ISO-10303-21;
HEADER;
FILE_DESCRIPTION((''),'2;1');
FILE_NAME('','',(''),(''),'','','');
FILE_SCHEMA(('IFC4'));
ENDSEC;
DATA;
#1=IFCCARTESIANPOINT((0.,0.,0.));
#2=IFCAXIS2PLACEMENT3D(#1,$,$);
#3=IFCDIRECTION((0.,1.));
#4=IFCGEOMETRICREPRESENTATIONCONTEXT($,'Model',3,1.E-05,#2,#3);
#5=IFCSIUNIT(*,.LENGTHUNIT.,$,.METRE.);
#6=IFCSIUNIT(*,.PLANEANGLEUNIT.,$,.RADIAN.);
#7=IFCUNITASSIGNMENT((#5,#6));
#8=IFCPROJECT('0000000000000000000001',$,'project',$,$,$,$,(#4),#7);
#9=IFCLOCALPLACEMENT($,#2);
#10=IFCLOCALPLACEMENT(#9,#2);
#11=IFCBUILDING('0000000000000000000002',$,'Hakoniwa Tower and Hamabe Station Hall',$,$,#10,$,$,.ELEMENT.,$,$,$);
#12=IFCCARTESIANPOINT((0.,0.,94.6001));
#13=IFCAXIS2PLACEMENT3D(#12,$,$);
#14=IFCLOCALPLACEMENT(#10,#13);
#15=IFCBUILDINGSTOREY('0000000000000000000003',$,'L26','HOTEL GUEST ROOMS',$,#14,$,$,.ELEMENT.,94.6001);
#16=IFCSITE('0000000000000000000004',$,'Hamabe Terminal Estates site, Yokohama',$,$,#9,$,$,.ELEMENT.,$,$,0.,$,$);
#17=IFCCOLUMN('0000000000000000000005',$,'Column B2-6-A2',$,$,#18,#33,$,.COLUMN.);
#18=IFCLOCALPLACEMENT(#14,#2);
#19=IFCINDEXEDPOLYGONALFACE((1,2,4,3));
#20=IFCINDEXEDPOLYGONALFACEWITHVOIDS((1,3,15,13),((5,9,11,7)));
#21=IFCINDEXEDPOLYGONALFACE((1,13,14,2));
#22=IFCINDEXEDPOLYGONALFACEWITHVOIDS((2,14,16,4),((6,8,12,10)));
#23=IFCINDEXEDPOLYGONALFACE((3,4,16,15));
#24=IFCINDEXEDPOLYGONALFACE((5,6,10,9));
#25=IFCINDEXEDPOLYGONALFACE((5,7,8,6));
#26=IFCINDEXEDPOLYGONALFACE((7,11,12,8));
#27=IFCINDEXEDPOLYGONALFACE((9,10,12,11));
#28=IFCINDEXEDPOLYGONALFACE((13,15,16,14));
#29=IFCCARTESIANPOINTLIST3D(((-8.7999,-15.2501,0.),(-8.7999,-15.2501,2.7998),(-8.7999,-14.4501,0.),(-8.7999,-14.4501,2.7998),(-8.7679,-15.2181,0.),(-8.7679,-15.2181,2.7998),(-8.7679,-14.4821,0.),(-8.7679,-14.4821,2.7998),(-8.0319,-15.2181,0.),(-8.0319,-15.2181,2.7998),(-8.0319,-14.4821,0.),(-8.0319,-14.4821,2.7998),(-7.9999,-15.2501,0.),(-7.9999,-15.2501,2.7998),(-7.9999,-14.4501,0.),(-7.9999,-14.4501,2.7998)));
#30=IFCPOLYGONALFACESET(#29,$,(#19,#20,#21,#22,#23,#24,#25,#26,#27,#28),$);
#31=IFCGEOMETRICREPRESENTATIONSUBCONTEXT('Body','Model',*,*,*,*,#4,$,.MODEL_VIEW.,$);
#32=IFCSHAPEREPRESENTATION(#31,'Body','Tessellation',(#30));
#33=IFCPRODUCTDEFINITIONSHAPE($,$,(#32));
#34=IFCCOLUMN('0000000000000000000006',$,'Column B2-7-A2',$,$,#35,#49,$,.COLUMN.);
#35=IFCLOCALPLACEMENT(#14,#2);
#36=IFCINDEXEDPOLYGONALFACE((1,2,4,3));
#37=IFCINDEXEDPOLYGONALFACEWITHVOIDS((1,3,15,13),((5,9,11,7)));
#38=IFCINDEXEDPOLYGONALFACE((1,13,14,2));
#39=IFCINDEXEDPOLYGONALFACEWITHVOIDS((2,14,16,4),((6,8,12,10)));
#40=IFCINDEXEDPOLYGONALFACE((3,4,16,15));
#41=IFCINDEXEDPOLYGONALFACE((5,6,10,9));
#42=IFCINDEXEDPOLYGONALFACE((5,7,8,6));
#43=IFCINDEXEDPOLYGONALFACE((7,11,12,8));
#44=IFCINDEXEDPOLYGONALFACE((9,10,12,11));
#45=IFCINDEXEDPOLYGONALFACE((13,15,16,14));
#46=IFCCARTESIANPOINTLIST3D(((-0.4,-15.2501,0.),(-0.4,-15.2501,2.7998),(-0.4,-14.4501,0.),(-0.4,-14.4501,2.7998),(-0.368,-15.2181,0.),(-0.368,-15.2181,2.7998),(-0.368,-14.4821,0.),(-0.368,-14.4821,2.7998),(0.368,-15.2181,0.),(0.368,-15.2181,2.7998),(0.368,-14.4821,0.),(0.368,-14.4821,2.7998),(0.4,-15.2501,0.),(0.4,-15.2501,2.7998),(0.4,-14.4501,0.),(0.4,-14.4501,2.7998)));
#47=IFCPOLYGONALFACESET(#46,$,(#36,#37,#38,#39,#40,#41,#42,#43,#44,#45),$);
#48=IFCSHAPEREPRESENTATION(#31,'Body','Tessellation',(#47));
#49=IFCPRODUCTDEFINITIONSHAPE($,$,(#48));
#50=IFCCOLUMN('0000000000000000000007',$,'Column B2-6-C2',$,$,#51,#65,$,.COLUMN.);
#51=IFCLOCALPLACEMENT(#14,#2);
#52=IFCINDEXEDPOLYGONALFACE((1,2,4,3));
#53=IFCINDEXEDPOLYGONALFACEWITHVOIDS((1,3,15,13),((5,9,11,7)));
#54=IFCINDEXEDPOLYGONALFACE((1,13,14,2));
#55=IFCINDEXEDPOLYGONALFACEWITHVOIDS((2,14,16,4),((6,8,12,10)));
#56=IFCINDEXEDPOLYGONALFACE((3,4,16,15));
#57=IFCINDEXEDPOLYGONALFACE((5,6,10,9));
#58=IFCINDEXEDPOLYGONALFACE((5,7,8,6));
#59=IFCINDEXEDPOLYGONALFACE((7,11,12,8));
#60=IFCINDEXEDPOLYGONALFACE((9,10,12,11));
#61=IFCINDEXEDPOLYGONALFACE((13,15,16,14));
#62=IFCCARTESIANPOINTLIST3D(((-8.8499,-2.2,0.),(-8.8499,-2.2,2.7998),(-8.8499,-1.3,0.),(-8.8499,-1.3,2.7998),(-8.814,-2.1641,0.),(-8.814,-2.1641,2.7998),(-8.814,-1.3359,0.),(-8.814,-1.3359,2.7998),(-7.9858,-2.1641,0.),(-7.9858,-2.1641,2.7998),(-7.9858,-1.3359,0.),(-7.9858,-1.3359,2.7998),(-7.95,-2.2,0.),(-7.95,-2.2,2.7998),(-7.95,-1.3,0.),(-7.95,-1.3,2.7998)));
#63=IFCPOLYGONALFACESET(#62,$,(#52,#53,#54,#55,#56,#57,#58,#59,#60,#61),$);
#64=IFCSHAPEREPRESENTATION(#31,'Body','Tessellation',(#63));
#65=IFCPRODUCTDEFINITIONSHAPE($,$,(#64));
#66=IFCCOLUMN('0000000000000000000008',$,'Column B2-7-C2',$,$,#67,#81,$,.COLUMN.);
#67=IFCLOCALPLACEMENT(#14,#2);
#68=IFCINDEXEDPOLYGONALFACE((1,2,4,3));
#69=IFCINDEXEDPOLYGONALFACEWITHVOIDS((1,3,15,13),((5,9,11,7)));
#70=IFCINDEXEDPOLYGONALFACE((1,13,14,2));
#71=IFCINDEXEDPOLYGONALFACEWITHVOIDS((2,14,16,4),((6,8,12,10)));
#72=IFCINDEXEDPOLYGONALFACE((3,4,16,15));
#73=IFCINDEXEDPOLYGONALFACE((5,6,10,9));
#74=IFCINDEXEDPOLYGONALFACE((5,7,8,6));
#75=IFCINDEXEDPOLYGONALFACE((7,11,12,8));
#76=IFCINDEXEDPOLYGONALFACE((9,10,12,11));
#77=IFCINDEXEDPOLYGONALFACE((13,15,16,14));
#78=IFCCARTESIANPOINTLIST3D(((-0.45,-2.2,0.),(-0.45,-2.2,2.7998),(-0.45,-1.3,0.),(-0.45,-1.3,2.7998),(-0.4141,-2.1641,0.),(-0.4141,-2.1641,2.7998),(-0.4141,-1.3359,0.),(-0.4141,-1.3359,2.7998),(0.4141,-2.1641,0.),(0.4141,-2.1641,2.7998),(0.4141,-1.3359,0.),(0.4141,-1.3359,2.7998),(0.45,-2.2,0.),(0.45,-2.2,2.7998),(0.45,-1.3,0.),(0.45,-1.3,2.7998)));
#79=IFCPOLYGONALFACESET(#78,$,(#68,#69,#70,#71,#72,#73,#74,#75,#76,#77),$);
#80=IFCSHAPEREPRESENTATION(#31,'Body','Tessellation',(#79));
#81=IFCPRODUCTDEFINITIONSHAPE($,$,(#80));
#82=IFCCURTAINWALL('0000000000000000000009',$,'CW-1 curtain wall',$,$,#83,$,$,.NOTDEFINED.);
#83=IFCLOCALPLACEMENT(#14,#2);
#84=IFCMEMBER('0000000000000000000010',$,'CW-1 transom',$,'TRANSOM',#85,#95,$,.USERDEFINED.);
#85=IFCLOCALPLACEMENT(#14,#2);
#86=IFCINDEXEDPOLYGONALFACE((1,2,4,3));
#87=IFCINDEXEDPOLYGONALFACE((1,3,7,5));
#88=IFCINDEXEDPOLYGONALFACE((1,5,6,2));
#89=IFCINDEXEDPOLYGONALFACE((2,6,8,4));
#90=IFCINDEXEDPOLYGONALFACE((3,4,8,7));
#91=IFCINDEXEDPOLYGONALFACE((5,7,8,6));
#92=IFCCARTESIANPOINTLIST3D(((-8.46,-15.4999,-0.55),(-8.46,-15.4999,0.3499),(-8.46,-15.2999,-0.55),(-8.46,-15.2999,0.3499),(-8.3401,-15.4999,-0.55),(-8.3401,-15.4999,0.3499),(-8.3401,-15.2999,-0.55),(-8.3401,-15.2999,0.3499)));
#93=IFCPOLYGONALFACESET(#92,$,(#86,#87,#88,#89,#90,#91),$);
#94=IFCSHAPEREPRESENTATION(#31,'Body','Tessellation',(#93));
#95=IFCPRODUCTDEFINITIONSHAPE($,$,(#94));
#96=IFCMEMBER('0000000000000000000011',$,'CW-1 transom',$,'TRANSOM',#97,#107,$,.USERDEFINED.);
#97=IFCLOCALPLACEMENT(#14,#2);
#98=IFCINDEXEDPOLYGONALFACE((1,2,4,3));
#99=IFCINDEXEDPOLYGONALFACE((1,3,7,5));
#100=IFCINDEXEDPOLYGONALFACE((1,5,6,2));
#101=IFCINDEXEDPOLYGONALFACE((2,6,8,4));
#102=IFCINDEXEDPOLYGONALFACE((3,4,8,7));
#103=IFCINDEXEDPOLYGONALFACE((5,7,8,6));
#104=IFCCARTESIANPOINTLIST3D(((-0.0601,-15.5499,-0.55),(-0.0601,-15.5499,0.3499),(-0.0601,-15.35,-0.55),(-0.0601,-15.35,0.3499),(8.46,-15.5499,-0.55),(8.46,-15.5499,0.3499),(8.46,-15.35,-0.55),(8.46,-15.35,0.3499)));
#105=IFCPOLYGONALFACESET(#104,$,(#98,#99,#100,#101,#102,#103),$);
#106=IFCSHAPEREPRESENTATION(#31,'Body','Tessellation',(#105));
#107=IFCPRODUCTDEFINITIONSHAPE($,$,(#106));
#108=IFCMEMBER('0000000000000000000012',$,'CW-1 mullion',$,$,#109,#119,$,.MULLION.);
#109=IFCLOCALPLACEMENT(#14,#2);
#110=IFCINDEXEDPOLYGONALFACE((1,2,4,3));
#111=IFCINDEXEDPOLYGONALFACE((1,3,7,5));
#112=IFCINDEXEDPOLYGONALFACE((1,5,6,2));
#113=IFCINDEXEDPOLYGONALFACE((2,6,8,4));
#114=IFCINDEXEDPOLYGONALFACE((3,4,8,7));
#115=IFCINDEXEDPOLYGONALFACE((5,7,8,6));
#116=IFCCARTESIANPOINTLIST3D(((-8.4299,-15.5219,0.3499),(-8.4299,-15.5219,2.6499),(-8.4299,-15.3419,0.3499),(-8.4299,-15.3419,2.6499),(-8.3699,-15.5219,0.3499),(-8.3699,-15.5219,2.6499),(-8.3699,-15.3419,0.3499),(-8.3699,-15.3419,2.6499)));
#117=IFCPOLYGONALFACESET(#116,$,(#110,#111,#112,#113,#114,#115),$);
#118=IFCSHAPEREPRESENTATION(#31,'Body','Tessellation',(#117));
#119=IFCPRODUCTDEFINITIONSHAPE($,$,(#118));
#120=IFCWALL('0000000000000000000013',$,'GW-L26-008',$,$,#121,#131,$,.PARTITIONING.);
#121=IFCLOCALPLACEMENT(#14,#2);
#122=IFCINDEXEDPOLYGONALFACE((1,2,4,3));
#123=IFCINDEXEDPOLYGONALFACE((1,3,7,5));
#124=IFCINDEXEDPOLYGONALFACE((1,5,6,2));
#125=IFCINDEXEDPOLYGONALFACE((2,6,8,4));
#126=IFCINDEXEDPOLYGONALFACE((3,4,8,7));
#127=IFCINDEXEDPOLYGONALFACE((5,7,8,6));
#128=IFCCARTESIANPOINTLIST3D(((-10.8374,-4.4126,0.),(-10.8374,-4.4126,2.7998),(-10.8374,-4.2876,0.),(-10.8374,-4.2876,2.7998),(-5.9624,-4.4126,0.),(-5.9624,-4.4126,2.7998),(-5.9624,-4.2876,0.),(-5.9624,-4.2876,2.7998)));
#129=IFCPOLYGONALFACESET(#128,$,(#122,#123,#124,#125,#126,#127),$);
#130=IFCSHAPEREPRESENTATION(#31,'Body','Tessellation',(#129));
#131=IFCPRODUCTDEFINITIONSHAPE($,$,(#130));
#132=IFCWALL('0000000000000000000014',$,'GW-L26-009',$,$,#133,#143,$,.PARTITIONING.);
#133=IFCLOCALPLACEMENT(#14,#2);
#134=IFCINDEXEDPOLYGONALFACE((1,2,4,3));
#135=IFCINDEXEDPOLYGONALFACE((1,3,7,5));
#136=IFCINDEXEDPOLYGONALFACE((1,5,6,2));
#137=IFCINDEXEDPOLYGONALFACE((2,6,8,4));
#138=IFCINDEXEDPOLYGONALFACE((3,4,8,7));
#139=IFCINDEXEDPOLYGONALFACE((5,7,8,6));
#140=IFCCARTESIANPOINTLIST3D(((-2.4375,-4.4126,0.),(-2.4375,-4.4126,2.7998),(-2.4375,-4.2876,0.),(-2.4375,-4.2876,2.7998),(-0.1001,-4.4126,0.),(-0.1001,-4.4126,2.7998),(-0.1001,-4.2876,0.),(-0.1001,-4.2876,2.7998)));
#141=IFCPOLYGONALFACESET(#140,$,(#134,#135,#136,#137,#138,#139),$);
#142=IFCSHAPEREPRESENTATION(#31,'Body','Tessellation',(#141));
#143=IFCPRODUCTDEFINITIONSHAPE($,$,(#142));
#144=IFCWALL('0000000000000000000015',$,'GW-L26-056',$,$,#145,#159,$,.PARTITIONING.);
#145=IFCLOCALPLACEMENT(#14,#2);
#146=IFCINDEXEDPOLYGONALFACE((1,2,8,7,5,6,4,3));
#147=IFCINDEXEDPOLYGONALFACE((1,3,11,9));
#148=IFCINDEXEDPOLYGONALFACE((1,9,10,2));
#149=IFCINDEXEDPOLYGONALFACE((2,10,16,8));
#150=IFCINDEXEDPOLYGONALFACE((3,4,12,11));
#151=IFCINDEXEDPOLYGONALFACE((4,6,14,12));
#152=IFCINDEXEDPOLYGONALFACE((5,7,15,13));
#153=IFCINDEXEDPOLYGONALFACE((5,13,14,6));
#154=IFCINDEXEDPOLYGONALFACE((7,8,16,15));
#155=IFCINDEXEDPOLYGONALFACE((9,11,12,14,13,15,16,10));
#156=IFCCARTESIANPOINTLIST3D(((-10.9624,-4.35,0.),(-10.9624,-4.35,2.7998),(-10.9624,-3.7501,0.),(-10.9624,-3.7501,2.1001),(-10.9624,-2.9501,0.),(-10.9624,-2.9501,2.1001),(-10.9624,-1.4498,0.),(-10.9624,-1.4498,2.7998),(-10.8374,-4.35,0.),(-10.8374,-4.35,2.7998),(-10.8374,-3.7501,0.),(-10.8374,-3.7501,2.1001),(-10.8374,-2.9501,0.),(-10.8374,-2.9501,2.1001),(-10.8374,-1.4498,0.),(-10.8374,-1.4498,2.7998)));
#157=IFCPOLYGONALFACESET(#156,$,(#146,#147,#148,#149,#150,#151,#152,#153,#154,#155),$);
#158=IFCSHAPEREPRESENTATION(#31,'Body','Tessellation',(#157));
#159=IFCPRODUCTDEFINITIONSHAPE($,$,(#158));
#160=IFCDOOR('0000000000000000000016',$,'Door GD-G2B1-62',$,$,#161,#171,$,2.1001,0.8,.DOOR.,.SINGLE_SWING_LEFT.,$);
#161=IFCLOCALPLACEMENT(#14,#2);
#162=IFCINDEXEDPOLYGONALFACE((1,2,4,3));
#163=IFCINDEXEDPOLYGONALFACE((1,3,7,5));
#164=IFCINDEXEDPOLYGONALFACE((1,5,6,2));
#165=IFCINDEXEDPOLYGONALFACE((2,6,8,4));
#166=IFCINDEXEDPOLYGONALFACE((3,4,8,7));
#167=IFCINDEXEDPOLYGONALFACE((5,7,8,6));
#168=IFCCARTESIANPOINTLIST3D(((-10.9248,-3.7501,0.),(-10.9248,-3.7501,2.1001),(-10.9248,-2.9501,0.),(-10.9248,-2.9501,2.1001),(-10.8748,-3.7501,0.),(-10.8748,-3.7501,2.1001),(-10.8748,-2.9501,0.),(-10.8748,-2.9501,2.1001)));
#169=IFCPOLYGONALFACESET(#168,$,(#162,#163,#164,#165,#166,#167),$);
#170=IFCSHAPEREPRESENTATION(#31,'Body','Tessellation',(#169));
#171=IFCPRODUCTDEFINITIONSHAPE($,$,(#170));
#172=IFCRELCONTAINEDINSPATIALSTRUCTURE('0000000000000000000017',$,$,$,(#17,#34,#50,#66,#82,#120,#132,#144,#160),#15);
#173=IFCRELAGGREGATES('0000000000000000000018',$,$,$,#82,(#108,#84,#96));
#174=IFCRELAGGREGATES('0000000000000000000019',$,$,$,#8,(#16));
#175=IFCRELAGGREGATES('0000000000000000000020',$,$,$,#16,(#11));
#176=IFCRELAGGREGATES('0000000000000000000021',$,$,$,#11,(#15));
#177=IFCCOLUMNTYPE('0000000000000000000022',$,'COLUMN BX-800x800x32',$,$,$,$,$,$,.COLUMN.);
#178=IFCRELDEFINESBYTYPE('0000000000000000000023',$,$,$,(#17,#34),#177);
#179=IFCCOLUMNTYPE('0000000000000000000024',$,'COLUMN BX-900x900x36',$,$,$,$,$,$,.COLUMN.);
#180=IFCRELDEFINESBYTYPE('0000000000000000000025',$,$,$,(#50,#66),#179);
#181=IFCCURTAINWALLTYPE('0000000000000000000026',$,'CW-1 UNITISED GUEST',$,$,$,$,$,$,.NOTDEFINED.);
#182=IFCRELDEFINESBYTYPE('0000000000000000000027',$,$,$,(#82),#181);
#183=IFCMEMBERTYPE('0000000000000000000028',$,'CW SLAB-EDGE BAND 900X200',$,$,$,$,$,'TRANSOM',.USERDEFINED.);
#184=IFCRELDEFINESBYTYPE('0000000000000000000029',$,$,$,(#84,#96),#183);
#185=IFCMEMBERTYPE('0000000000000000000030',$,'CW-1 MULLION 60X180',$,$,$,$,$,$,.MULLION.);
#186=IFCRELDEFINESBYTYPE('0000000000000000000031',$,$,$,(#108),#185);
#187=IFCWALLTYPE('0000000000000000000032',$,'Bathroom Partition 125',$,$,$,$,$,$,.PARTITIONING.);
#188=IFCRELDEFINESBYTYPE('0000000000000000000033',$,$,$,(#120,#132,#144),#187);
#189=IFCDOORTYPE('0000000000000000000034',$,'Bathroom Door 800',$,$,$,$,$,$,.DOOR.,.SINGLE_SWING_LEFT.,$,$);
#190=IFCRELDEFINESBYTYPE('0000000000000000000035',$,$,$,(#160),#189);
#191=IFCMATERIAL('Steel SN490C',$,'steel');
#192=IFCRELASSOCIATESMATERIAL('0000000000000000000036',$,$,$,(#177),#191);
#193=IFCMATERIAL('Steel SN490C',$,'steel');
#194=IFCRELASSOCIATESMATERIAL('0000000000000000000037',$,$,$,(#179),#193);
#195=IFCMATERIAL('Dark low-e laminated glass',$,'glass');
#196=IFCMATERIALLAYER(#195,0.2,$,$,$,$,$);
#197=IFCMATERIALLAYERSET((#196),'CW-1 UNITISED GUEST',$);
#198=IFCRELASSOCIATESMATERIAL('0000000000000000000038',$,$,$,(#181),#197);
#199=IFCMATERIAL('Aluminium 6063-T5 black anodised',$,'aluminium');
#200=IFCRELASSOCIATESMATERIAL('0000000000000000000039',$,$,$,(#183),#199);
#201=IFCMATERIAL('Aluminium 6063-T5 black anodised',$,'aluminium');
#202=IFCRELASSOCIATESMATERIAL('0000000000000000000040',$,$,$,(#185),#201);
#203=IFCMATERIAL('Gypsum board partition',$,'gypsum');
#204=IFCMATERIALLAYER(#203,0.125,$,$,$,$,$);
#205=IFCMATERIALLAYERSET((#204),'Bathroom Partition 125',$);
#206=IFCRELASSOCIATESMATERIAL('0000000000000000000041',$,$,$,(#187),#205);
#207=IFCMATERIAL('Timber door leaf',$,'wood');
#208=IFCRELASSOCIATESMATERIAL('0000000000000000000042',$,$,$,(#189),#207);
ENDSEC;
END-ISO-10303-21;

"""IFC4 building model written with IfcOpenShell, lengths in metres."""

from ifc_helpers import new_model, si_unit, direction, frame, frame_2d, origin, origin_2d, place, context, subcontext, project, spatial, rectangle, hollow_rectangle, extrude, material, layer, layer_set, material_profile, profile_set, type_object, element, fill, aggregate, save


model = new_model("IFC4")

# Units and contexts
model_context = context("Model", 3, precision=1e-05, world=origin(), true_north=direction((0.0, 1.0)))
body_context = subcontext(model_context, "Body", "Model", "MODEL_VIEW")
ifc_project = project(units=[si_unit("LENGTHUNIT", "METRE"), si_unit("PLANEANGLEUNIT", "RADIAN")], contexts=[model_context])

# Site, building, storey
site_placement = place(None, origin())
site = spatial("IfcSite", under=ifc_project, at=site_placement, Name="Hamabe Terminal Estates site, Yokohama", CompositionType="ELEMENT", RefElevation=0.0)
building_placement = place(site_placement, origin())
building = spatial("IfcBuilding", under=site, at=building_placement, Name="Hakoniwa Tower and Hamabe Station Hall", CompositionType="ELEMENT")
storey_placement = place(building_placement, frame((0.0, 0.0, 94.6001)))
storey = spatial("IfcBuildingStorey", under=building, at=storey_placement, Name="L26", Description="HOTEL GUEST ROOMS", CompositionType="ELEMENT", Elevation=94.6001)

# Columns
ifc_material_1 = material(Name="Steel SN490C", Category="steel")
ifc_material_profile_1 = material_profile(ifc_material_1, hollow_rectangle(XDim=0.8, YDim=0.8, WallThickness=0.032, at=origin_2d()), Name="BX-800x800x32")
ifc_profile_set_1 = profile_set([ifc_material_profile_1], Name="Steel SN490C")
column_type_1 = type_object("IfcColumnType", Name="COLUMN BX-800x800x32", PredefinedType="COLUMN", material=ifc_profile_set_1)
for number, where, z_axis, x_axis, name in (
    (1, (-8.3999, -14.8501, 0.0), (0.0, 0.0, 1.0), (1.0, 0.0, 0.0), "Column B2-6-A2"),
    (2, (0.0, -14.8501, 0.0), (0.0, 0.0, 1.0), (1.0, 0.0, 0.0), "Column B2-7-A2"),
):
    element("IfcColumn", number, at=place(storey_placement, frame(where, z_axis=z_axis, x_axis=x_axis)), inside=storey, type_object=column_type_1, Name=name, PredefinedType="COLUMN", context=body_context, shape_type="SweptSolid", body=[
        extrude(hollow_rectangle(XDim=0.8, YDim=0.8, WallThickness=0.032, at=origin_2d()), origin(), (0.0, 0.0, 1.0), 2.7998),
    ])
ifc_material_2 = material(Name="Steel SN490C", Category="steel")
ifc_material_profile_2 = material_profile(ifc_material_2, hollow_rectangle(XDim=0.8999, YDim=0.8999, WallThickness=0.0359, at=origin_2d()), Name="BX-900x900x36")
ifc_profile_set_2 = profile_set([ifc_material_profile_2], Name="Steel SN490C")
column_type_2 = type_object("IfcColumnType", Name="COLUMN BX-900x900x36", PredefinedType="COLUMN", material=ifc_profile_set_2)
for number, where, z_axis, x_axis, name in (
    (3, (-8.3999, -1.75, 0.0), (0.0, 0.0, 1.0), (1.0, 0.0, 0.0), "Column B2-6-C2"),
    (4, (0.0, -1.75, 0.0), (0.0, 0.0, 1.0), (1.0, 0.0, 0.0), "Column B2-7-C2"),
):
    element("IfcColumn", number, at=place(storey_placement, frame(where, z_axis=z_axis, x_axis=x_axis)), inside=storey, type_object=column_type_2, Name=name, PredefinedType="COLUMN", context=body_context, shape_type="SweptSolid", body=[
        extrude(hollow_rectangle(XDim=0.8999, YDim=0.8999, WallThickness=0.0359, at=origin_2d()), origin(), (0.0, 0.0, 1.0), 2.7998),
    ])

# Curtain wall, members
ifc_material_3 = material(Name="Dark low-e laminated glass", Category="glass")
ifc_layer_1 = layer(ifc_material_3, 0.2)
ifc_layer_set_1 = layer_set([ifc_layer_1], Name="CW-1 UNITISED GUEST")
curtain_wall_type = type_object("IfcCurtainWallType", Name="CW-1 UNITISED GUEST", PredefinedType="NOTDEFINED", material=ifc_layer_set_1)
curtain_wall_placement = place(storey_placement, origin())
curtain_wall = element("IfcCurtainWall", 5, at=curtain_wall_placement, inside=storey, type_object=curtain_wall_type, Name="CW-1 curtain wall", PredefinedType="NOTDEFINED")
ifc_material_4 = material(Name="Aluminium 6063-T5 black anodised", Category="aluminium")
ifc_material_profile_3 = material_profile(ifc_material_4, rectangle(XDim=0.2, YDim=0.8999, at=origin_2d()), Name="CW SLAB-EDGE BAND 900X200")
ifc_profile_set_3 = profile_set([ifc_material_profile_3], Name="Aluminium 6063-T5 black anodised")
member_type_1 = type_object("IfcMemberType", Name="CW SLAB-EDGE BAND 900X200", ElementType="TRANSOM", PredefinedType="USERDEFINED", material=ifc_profile_set_3)
member_1_placement = place(storey_placement, frame((-8.46, -15.3999, -0.1001), z_axis=(1.0, 0.0, 0.0), x_axis=(0.0, 1.0, 0.0)))
member_1 = element("IfcMember", 6, at=member_1_placement, type_object=member_type_1, Name="CW-1 transom", ObjectType="TRANSOM", PredefinedType="USERDEFINED", context=body_context, shape_type="SweptSolid", body=[
    extrude(rectangle(XDim=0.2, YDim=0.8999, at=origin_2d()), origin(), (0.0, 0.0, 1.0), 0.1199),
])
member_2_placement = place(storey_placement, frame((-0.0601, -15.45, -0.1001), z_axis=(1.0, 0.0, 0.0), x_axis=(0.0, 1.0, 0.0)))
member_2 = element("IfcMember", 7, at=member_2_placement, type_object=member_type_1, Name="CW-1 transom", ObjectType="TRANSOM", PredefinedType="USERDEFINED", context=body_context, shape_type="SweptSolid", body=[
    extrude(rectangle(XDim=0.2, YDim=0.8999, at=origin_2d()), origin(), (0.0, 0.0, 1.0), 8.52),
])
ifc_material_5 = material(Name="Aluminium 6063-T5 black anodised", Category="aluminium")
ifc_material_profile_4 = material_profile(ifc_material_5, rectangle(XDim=0.0601, YDim=0.1799, at=origin_2d()), Name="CW-1 MULLION 60X180")
ifc_profile_set_4 = profile_set([ifc_material_profile_4], Name="Aluminium 6063-T5 black anodised")
member_type_2 = type_object("IfcMemberType", Name="CW-1 MULLION 60X180", PredefinedType="MULLION", material=ifc_profile_set_4)
member_3_placement = place(storey_placement, frame((-8.3999, -15.4319, 0.3499), z_axis=(0.0, 0.0, 1.0), x_axis=(1.0, 0.0, 0.0)))
member_3 = element("IfcMember", 8, at=member_3_placement, type_object=member_type_2, Name="CW-1 mullion", PredefinedType="MULLION", context=body_context, shape_type="SweptSolid", body=[
    extrude(rectangle(XDim=0.0601, YDim=0.1799, at=origin_2d()), origin(), (0.0, 0.0, 1.0), 2.3),
])

# Walls
ifc_material_6 = material(Name="Gypsum board partition", Category="gypsum")
ifc_layer_2 = layer(ifc_material_6, 0.125)
ifc_layer_set_2 = layer_set([ifc_layer_2], Name="Bathroom Partition 125")
wall_type_1 = type_object("IfcWallType", Name="Bathroom Partition 125", PredefinedType="PARTITIONING", material=ifc_layer_set_2)
wall_1_placement = place(storey_placement, frame((-10.8374, -4.3501, 0.0), z_axis=(0.0, 0.0, 1.0), x_axis=(1.0, 0.0, 0.0)))
element("IfcWall", 9, at=wall_1_placement, inside=storey, type_object=wall_type_1, Name="GW-L26-008", PredefinedType="PARTITIONING", context=body_context, shape_type="SweptSolid", body=[
    extrude(rectangle(XDim=4.875, YDim=0.125, at=frame_2d((2.4375, 0.0))), origin(), (0.0, 0.0, 1.0), 2.7998),
])
wall_2_placement = place(storey_placement, frame((-2.4375, -4.3501, 0.0), z_axis=(0.0, 0.0, 1.0), x_axis=(1.0, 0.0, 0.0)))
element("IfcWall", 10, at=wall_2_placement, inside=storey, type_object=wall_type_1, Name="GW-L26-009", PredefinedType="PARTITIONING", context=body_context, shape_type="SweptSolid", body=[
    extrude(rectangle(XDim=2.3374, YDim=0.125, at=frame_2d((1.1687, 0.0))), origin(), (0.0, 0.0, 1.0), 2.7998),
])

# Wall, opening, door
wall_3_placement = place(storey_placement, frame((-10.8999, -4.3501, 0.0), z_axis=(0.0, 0.0, 1.0), x_axis=(0.0, 1.0, 0.0)))
wall_3 = element("IfcWall", 11, at=wall_3_placement, inside=storey, type_object=wall_type_1, Name="GW-L26-056", PredefinedType="PARTITIONING", context=body_context, shape_type="SweptSolid", body=[
    extrude(rectangle(XDim=2.9001, YDim=0.125, at=frame_2d((1.4502, 0.0))), origin(), (0.0, 0.0, 1.0), 2.7998),
])
opening_1_placement = place(wall_3_placement, frame((0.6001, 0.0, 0.0)))
opening_1 = element("IfcOpeningElement", 12, at=opening_1_placement, cuts=wall_3, PredefinedType="OPENING", context=body_context, shape_type="SweptSolid", body=[
    extrude(rectangle(XDim=0.8, YDim=2.1001, at=frame_2d((0.3999, 1.05))), frame((0.0, 0.0725, 0.0), z_axis=(0.0, -1.0, 0.0), x_axis=(1.0, 0.0, 0.0)), (0.0, 0.0, 1.0), 0.145),
])
ifc_material_7 = material(Name="Timber door leaf", Category="wood")
door_type_1 = type_object("IfcDoorType", Name="Bathroom Door 800", OperationType="SINGLE_SWING_LEFT", PredefinedType="DOOR", material=ifc_material_7)
door_1_placement = place(opening_1_placement, origin())
door_1 = element("IfcDoor", 13, at=door_1_placement, inside=storey, type_object=door_type_1, Name="Door GD-G2B1-62", OperationType="SINGLE_SWING_LEFT", OverallHeight=2.1001, OverallWidth=0.8, PredefinedType="DOOR", context=body_context, shape_type="SweptSolid", body=[
    extrude(rectangle(XDim=0.8, YDim=2.1001, at=frame_2d((0.3999, 1.05))), frame((0.0, 0.0249, 0.0), z_axis=(0.0, -1.0, 0.0), x_axis=(1.0, 0.0, 0.0)), (0.0, 0.0, 1.0), 0.05),
])
fill(opening_1, door_1)
aggregate(curtain_wall, [member_3, member_1, member_2])

save(model, "model.ifc")
